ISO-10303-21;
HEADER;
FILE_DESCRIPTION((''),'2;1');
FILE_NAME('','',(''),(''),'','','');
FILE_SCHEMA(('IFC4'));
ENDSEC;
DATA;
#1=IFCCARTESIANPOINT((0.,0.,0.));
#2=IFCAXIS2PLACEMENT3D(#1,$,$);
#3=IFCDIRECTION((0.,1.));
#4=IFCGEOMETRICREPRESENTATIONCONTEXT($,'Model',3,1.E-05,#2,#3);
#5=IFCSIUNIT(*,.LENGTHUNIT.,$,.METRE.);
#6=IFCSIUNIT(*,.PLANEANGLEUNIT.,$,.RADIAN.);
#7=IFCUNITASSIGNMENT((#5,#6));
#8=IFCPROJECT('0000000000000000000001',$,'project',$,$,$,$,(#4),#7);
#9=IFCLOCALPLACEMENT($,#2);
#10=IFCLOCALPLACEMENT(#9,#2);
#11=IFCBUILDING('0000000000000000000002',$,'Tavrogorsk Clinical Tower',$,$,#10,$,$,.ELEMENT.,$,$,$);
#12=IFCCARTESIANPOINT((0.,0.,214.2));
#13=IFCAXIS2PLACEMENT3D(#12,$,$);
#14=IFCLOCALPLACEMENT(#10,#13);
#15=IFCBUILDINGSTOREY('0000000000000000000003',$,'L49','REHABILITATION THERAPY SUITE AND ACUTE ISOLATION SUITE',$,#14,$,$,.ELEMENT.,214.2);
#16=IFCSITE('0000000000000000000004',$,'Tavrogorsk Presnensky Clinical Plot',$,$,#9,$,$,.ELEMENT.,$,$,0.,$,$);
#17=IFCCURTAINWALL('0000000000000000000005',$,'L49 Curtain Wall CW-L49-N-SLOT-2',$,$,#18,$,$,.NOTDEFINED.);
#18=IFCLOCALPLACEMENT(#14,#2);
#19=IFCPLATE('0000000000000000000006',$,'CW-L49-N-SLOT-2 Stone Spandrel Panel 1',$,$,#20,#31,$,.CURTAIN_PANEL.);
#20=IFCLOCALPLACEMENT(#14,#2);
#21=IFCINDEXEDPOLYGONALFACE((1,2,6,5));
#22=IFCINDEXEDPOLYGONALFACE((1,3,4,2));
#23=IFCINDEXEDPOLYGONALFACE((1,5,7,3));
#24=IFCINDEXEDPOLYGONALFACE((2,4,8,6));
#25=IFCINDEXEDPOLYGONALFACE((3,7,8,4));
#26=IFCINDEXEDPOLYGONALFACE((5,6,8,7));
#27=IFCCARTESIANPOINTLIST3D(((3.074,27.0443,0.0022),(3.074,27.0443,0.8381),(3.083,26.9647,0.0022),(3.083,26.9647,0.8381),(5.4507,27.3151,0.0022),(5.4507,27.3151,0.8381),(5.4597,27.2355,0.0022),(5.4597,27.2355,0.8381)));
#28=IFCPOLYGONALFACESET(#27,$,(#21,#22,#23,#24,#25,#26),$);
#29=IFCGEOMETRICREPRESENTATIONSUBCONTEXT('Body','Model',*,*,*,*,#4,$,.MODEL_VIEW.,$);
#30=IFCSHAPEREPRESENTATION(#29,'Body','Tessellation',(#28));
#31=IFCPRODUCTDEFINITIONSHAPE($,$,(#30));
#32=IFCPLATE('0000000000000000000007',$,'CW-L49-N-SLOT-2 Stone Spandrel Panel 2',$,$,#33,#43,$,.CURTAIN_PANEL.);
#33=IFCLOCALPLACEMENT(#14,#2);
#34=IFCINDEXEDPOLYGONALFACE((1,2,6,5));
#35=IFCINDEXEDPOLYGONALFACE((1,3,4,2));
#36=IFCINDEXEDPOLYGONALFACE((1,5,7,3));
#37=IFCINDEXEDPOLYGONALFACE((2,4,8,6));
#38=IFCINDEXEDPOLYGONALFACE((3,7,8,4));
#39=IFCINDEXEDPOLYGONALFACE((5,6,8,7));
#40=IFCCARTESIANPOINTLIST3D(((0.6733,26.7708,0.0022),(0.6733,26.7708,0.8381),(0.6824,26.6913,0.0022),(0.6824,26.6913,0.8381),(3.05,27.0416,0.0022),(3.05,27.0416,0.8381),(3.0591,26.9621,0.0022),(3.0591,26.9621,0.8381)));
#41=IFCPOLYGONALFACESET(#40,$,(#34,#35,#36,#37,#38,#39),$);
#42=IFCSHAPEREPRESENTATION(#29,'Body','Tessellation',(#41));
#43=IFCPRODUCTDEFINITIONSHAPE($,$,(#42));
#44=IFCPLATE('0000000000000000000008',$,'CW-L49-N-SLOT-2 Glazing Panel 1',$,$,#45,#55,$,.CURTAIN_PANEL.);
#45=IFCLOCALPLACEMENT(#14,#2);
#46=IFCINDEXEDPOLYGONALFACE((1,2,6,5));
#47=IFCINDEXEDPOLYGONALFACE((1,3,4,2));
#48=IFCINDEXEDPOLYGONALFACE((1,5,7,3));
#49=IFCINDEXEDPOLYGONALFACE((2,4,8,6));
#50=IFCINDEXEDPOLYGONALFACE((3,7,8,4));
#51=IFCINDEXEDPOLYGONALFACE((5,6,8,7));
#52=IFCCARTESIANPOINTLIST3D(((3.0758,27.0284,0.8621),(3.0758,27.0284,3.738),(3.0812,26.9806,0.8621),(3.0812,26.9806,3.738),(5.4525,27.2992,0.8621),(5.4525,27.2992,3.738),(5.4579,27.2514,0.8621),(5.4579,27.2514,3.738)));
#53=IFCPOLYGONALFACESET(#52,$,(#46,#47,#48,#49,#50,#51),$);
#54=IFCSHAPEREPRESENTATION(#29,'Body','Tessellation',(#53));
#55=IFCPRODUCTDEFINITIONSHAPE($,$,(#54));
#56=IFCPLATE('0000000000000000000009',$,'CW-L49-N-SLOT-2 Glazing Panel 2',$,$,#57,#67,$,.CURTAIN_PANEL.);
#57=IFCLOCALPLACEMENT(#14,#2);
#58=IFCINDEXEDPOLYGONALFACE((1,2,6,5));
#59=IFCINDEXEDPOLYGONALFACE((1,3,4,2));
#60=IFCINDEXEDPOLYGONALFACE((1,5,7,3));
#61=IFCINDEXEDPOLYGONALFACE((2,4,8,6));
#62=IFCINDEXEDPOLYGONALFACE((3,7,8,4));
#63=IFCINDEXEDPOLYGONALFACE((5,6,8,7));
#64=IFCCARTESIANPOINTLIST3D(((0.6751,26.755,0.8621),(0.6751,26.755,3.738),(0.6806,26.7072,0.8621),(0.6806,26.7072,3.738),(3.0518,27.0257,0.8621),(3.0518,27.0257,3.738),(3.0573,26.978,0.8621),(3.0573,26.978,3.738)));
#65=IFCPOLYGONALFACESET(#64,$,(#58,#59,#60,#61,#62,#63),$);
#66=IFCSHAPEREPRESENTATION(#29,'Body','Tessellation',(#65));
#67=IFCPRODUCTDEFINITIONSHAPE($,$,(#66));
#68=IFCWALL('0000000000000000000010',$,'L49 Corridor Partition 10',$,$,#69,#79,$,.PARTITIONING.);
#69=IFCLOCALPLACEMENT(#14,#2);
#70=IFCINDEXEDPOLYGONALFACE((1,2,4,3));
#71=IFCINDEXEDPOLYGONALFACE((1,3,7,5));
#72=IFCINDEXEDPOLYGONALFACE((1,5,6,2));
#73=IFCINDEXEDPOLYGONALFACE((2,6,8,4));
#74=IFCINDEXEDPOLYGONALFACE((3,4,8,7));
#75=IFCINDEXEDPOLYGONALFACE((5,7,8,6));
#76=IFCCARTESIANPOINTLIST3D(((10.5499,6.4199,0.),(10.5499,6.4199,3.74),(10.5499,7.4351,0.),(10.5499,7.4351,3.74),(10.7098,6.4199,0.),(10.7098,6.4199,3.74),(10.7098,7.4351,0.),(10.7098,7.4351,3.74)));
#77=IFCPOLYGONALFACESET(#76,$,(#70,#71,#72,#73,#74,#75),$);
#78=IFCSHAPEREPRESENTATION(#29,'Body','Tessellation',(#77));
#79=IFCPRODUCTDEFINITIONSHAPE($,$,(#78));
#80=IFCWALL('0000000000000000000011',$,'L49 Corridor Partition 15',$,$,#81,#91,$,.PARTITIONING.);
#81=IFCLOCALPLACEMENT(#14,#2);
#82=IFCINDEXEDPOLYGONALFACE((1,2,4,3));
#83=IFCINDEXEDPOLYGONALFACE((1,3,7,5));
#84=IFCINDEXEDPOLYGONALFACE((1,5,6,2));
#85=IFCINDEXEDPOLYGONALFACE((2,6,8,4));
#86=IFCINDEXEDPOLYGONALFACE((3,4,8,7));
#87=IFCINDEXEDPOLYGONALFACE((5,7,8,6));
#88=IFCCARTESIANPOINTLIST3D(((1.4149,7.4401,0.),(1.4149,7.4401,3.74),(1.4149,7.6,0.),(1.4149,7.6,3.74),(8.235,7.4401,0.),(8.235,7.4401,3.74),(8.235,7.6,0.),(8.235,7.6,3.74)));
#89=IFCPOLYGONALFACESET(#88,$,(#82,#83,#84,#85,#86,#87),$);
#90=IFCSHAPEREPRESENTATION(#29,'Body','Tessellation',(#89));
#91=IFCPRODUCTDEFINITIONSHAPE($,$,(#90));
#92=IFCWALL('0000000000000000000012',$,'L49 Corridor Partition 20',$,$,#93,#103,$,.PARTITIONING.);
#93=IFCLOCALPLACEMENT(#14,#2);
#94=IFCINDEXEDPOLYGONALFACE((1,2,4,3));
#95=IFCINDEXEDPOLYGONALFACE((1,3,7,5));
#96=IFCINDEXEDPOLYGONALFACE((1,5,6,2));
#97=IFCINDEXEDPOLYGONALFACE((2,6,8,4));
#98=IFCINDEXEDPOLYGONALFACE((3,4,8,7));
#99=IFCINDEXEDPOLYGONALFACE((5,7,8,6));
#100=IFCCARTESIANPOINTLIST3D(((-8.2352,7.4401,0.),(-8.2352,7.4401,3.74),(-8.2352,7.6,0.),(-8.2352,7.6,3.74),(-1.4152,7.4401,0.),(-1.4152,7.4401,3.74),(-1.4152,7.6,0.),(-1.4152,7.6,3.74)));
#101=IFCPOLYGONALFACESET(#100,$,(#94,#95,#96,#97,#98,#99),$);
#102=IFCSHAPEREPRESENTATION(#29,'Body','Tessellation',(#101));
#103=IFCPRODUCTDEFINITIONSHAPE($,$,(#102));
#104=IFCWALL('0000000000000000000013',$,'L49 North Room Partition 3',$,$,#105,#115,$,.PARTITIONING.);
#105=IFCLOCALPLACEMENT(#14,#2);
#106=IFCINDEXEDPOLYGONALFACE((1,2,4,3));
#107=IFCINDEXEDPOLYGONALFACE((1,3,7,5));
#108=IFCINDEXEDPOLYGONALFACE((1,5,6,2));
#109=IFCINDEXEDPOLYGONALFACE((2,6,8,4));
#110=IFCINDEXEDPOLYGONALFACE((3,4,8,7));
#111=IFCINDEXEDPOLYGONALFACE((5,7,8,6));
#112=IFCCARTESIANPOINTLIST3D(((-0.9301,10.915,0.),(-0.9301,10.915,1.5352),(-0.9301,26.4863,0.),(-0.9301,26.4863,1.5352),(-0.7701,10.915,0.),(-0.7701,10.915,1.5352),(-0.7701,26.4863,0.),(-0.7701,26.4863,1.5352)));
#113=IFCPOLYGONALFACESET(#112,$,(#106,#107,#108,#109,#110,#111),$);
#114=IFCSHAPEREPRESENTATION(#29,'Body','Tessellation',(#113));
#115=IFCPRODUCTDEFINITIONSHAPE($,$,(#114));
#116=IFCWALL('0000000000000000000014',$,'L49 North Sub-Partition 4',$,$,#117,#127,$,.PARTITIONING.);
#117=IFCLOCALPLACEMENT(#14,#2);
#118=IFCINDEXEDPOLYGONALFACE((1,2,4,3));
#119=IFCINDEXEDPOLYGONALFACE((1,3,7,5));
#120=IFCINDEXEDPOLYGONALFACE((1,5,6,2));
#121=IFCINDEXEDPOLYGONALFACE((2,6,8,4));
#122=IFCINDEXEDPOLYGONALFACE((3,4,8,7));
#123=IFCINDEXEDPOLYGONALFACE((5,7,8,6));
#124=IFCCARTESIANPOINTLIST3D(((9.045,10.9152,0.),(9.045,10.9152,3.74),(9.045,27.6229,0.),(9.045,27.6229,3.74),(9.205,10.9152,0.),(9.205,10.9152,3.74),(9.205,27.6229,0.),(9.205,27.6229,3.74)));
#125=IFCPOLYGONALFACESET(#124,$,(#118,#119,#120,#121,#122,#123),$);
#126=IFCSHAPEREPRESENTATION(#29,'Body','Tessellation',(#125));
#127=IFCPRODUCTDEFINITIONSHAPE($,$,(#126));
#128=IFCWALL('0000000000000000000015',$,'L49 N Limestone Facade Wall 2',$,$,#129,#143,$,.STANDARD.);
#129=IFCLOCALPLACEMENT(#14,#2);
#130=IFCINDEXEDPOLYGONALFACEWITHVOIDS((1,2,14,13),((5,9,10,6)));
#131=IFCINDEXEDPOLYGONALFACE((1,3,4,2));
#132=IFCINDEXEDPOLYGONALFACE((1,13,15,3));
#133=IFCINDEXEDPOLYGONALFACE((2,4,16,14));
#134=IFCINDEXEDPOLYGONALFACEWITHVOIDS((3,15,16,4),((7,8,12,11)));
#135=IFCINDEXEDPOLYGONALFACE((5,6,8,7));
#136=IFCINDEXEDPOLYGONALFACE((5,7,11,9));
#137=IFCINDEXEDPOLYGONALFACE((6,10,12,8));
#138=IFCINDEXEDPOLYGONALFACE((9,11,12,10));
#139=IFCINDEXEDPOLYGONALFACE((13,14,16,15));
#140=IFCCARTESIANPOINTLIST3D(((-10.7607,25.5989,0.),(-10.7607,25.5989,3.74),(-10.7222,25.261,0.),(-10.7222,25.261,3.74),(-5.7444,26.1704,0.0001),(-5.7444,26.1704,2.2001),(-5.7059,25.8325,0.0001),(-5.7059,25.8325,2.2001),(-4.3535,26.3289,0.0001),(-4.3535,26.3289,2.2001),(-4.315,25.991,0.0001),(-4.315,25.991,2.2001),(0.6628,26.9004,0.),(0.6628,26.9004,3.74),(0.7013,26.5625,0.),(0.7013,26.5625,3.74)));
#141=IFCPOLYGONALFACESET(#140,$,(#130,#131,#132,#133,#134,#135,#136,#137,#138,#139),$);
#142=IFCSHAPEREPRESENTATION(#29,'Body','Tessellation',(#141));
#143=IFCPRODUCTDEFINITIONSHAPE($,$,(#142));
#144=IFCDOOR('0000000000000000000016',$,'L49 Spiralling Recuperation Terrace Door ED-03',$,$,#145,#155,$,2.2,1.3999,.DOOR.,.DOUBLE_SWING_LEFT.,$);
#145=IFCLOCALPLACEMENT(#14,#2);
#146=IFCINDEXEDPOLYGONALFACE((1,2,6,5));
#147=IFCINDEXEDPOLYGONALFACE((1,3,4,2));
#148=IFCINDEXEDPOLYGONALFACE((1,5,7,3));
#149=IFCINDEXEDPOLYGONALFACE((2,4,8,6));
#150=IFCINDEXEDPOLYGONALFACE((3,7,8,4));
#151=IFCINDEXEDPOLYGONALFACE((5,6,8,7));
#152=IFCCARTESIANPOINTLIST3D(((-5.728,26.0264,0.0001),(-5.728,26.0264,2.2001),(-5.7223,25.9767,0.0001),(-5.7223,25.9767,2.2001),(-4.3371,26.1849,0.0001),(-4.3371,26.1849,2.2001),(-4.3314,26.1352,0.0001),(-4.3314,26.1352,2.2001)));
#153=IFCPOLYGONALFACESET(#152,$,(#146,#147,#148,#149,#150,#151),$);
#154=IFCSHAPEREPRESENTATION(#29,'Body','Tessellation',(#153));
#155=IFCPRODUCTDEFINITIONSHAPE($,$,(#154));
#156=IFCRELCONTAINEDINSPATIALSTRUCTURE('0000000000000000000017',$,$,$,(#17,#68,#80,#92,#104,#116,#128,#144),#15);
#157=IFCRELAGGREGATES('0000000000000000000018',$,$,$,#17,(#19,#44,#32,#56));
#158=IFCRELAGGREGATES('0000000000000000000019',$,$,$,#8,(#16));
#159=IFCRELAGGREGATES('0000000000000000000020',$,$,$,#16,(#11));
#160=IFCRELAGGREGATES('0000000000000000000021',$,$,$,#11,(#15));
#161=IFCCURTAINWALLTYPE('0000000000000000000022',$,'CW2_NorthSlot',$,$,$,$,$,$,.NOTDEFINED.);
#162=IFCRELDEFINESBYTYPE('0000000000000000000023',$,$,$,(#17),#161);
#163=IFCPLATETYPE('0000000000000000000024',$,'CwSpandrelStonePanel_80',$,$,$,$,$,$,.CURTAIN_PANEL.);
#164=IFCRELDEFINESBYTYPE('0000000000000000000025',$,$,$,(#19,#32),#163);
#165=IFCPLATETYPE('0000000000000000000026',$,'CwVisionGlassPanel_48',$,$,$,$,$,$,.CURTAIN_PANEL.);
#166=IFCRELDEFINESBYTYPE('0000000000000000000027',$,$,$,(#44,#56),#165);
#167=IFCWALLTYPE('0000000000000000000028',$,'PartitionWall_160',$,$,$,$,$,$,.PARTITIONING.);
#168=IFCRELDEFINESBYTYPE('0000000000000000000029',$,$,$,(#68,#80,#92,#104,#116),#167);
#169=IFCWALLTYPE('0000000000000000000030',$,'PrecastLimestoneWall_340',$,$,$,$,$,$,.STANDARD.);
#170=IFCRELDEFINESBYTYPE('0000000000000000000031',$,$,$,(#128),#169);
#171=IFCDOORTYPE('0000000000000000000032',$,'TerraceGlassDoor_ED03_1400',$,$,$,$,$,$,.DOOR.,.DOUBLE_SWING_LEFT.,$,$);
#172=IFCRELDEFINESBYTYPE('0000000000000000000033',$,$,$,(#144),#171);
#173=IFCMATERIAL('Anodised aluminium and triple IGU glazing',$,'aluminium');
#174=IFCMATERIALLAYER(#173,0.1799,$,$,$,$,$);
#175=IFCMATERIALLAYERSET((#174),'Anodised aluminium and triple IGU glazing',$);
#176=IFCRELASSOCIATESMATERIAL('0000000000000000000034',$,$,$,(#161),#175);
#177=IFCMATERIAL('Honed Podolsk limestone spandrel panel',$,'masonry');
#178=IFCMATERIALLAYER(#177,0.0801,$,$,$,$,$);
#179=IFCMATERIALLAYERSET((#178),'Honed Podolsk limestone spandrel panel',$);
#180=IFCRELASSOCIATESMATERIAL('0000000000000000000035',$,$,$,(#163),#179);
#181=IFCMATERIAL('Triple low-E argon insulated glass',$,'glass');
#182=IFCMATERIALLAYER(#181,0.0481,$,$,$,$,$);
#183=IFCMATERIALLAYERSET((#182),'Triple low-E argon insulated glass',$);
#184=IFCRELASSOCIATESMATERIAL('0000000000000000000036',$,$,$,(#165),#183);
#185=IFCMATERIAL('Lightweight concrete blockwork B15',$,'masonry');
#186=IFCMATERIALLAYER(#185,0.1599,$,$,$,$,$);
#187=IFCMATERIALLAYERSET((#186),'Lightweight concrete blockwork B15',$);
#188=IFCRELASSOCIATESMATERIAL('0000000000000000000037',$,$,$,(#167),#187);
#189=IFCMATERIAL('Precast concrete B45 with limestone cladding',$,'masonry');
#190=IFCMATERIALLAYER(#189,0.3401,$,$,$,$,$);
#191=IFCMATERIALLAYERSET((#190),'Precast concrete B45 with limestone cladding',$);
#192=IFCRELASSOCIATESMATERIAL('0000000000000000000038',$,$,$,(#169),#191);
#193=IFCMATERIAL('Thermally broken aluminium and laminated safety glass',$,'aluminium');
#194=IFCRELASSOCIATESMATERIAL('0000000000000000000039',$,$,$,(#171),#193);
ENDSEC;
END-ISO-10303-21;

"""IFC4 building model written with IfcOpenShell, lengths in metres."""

from ifc_helpers import new_model, si_unit, direction, frame, frame_2d, origin, origin_2d, place, context, subcontext, project, spatial, rectangle, extrude, material, layer, layer_set, type_object, element, fill, aggregate, save


model = new_model("IFC4")

# Units and contexts
model_context = context("Model", 3, precision=1e-05, world=origin(), true_north=direction((0.0, 1.0)))
body_context = subcontext(model_context, "Body", "Model", "MODEL_VIEW")
ifc_project = project(units=[si_unit("LENGTHUNIT", "METRE"), si_unit("PLANEANGLEUNIT", "RADIAN")], contexts=[model_context])

# Site, building, storey
site_placement = place(None, origin())
site = spatial("IfcSite", under=ifc_project, at=site_placement, Name="Tavrogorsk Presnensky Clinical Plot", CompositionType="ELEMENT", RefElevation=0.0)
building_placement = place(site_placement, origin())
building = spatial("IfcBuilding", under=site, at=building_placement, Name="Tavrogorsk Clinical Tower", CompositionType="ELEMENT")
storey_placement = place(building_placement, frame((0.0, 0.0, 214.2)))
storey = spatial("IfcBuildingStorey", under=building, at=storey_placement, Name="L49", Description="REHABILITATION THERAPY SUITE AND ACUTE ISOLATION SUITE", CompositionType="ELEMENT", Elevation=214.2)

# Curtain wall
ifc_material_1 = material(Name="Anodised aluminium and triple IGU glazing", Category="aluminium")
ifc_layer_1 = layer(ifc_material_1, 0.1799)
ifc_layer_set_1 = layer_set([ifc_layer_1], Name="Anodised aluminium and triple IGU glazing")
curtain_wall_type = type_object("IfcCurtainWallType", Name="CW2_NorthSlot", PredefinedType="NOTDEFINED", material=ifc_layer_set_1)
curtain_wall_placement = place(storey_placement, origin())
curtain_wall = element("IfcCurtainWall", 1, at=curtain_wall_placement, inside=storey, type_object=curtain_wall_type, Name="L49 Curtain Wall CW-L49-N-SLOT-2", PredefinedType="NOTDEFINED")

# Plates
ifc_material_2 = material(Name="Honed Podolsk limestone spandrel panel", Category="masonry")
ifc_layer_2 = layer(ifc_material_2, 0.0801)
ifc_layer_set_2 = layer_set([ifc_layer_2], Name="Honed Podolsk limestone spandrel panel")
plate_type_1 = type_object("IfcPlateType", Name="CwSpandrelStonePanel_80", PredefinedType="CURTAIN_PANEL", material=ifc_layer_set_2)
plate_1_placement = place(storey_placement, frame((4.2668, 27.1399, 0.0022), z_axis=(0.0, 0.0, 1.0), x_axis=(-0.993572, -0.113203, 0.0)))
plate_1 = element("IfcPlate", 2, at=plate_1_placement, type_object=plate_type_1, Name="CW-L49-N-SLOT-2 Stone Spandrel Panel 1", PredefinedType="CURTAIN_PANEL", context=body_context, shape_type="SweptSolid", body=[
    extrude(rectangle(XDim=2.3921, YDim=0.0801, at=origin_2d()), origin(), (0.0, 0.0, 1.0), 0.8359),
])
plate_2_placement = place(storey_placement, frame((1.8662, 26.8665, 0.0022), z_axis=(0.0, 0.0, 1.0), x_axis=(-0.993572, -0.113203, 0.0)))
plate_2 = element("IfcPlate", 3, at=plate_2_placement, type_object=plate_type_1, Name="CW-L49-N-SLOT-2 Stone Spandrel Panel 2", PredefinedType="CURTAIN_PANEL", context=body_context, shape_type="SweptSolid", body=[
    extrude(rectangle(XDim=2.3921, YDim=0.0801, at=origin_2d()), origin(), (0.0, 0.0, 1.0), 0.8359),
])
ifc_material_3 = material(Name="Triple low-E argon insulated glass", Category="glass")
ifc_layer_3 = layer(ifc_material_3, 0.0481)
ifc_layer_set_3 = layer_set([ifc_layer_3], Name="Triple low-E argon insulated glass")
plate_type_2 = type_object("IfcPlateType", Name="CwVisionGlassPanel_48", PredefinedType="CURTAIN_PANEL", material=ifc_layer_set_3)
plate_3_placement = place(storey_placement, frame((4.2668, 27.1399, 0.8621), z_axis=(0.0, 0.0, 1.0), x_axis=(-0.993572, -0.113203, 0.0)))
plate_3 = element("IfcPlate", 4, at=plate_3_placement, type_object=plate_type_2, Name="CW-L49-N-SLOT-2 Glazing Panel 1", PredefinedType="CURTAIN_PANEL", context=body_context, shape_type="SweptSolid", body=[
    extrude(rectangle(XDim=2.3921, YDim=0.0481, at=origin_2d()), origin(), (0.0, 0.0, 1.0), 2.876),
])
plate_4_placement = place(storey_placement, frame((1.8662, 26.8665, 0.8621), z_axis=(0.0, 0.0, 1.0), x_axis=(-0.993572, -0.113203, 0.0)))
plate_4 = element("IfcPlate", 5, at=plate_4_placement, type_object=plate_type_2, Name="CW-L49-N-SLOT-2 Glazing Panel 2", PredefinedType="CURTAIN_PANEL", context=body_context, shape_type="SweptSolid", body=[
    extrude(rectangle(XDim=2.3921, YDim=0.0481, at=origin_2d()), origin(), (0.0, 0.0, 1.0), 2.876),
])
aggregate(curtain_wall, [plate_1, plate_3, plate_2, plate_4])

# Walls
ifc_material_4 = material(Name="Lightweight concrete blockwork B15", Category="masonry")
ifc_layer_4 = layer(ifc_material_4, 0.1599)
ifc_layer_set_4 = layer_set([ifc_layer_4], Name="Lightweight concrete blockwork B15")
wall_type_1 = type_object("IfcWallType", Name="PartitionWall_160", PredefinedType="PARTITIONING", material=ifc_layer_set_4)
wall_1_placement = place(storey_placement, frame((10.6299, 7.4351, 0.0), z_axis=(0.0, 0.0, 1.0), x_axis=(0.0, -1.0, 0.0)))
element("IfcWall", 6, at=wall_1_placement, inside=storey, type_object=wall_type_1, Name="L49 Corridor Partition 10", PredefinedType="PARTITIONING", context=body_context, shape_type="SweptSolid", body=[
    extrude(rectangle(XDim=1.0151, YDim=0.1599, at=frame_2d((0.5076, 0.0))), origin(), (0.0, 0.0, 1.0), 3.74),
])
for number, where, z_axis, x_axis, name in (
    (7, (8.2351, 7.52, 0.0), (0.0, 0.0, 1.0), (-1.0, 0.0, 0.0), "L49 Corridor Partition 15"),
    (8, (-1.415, 7.52, 0.0), (0.0, 0.0, 1.0), (-1.0, 0.0, 0.0), "L49 Corridor Partition 20"),
):
    element("IfcWall", number, at=place(storey_placement, frame(where, z_axis=z_axis, x_axis=x_axis)), inside=storey, type_object=wall_type_1, Name=name, PredefinedType="PARTITIONING", context=body_context, shape_type="SweptSolid", body=[
        extrude(rectangle(XDim=6.8201, YDim=0.1599, at=frame_2d((3.4102, 0.0))), origin(), (0.0, 0.0, 1.0), 3.74),
    ])
wall_2_placement = place(storey_placement, frame((-0.8501, 10.915, 0.0), z_axis=(0.0, 0.0, 1.0), x_axis=(0.0, 1.0, 0.0)))
element("IfcWall", 9, at=wall_2_placement, inside=storey, type_object=wall_type_1, Name="L49 North Room Partition 3", PredefinedType="PARTITIONING", context=body_context, shape_type="SweptSolid", body=[
    extrude(rectangle(XDim=15.5713, YDim=0.1599, at=frame_2d((7.7856, 0.0))), origin(), (0.0, 0.0, 1.0), 1.5352),
])
wall_3_placement = place(storey_placement, frame((9.125, 10.915, 0.0), z_axis=(0.0, 0.0, 1.0), x_axis=(0.0, 1.0, 0.0)))
element("IfcWall", 10, at=wall_3_placement, inside=storey, type_object=wall_type_1, Name="L49 North Sub-Partition 4", PredefinedType="PARTITIONING", context=body_context, shape_type="SweptSolid", body=[
    extrude(rectangle(XDim=16.7078, YDim=0.1599, at=frame_2d((8.354, 0.0))), origin(), (0.0, 0.0, 1.0), 3.74),
])

# Wall, opening, door
ifc_material_5 = material(Name="Precast concrete B45 with limestone cladding", Category="masonry")
ifc_layer_5 = layer(ifc_material_5, 0.3401)
ifc_layer_set_5 = layer_set([ifc_layer_5], Name="Precast concrete B45 with limestone cladding")
wall_type_2 = type_object("IfcWallType", Name="PrecastLimestoneWall_340", PredefinedType="STANDARD", material=ifc_layer_set_5)
wall_4_placement = place(storey_placement, frame((0.6819, 26.7314, 0.0), z_axis=(0.0, 0.0, 1.0), x_axis=(-0.993572, -0.113202, 0.0)))
wall_4 = element("IfcWall", 11, at=wall_4_placement, inside=storey, type_object=wall_type_2, Name="L49 N Limestone Facade Wall 2", PredefinedType="STANDARD", context=body_context, shape_type="SweptSolid", body=[
    extrude(rectangle(XDim=11.4973, YDim=0.3401, at=frame_2d((5.7485, 0.0))), origin(), (0.0, 0.0, 1.0), 3.74),
])
opening_placement = place(wall_4_placement, frame((5.0486, 0.0, 0.0)))
opening = element("IfcOpeningElement", 12, at=opening_placement, cuts=wall_4, PredefinedType="OPENING", context=body_context, shape_type="SweptSolid", body=[
    extrude(rectangle(XDim=1.3999, YDim=2.2, at=frame_2d((0.7, 1.1001))), frame((0.0, 0.1799, 0.0), z_axis=(0.0, -1.0, 0.0), x_axis=(1.0, 0.0, 0.0)), (0.0, 0.0, 1.0), 0.3601),
])
ifc_material_6 = material(Name="Thermally broken aluminium and laminated safety glass", Category="aluminium")
door_type = type_object("IfcDoorType", Name="TerraceGlassDoor_ED03_1400", OperationType="DOUBLE_SWING_LEFT", PredefinedType="DOOR", material=ifc_material_6)
door_placement = place(opening_placement, origin())
door = element("IfcDoor", 13, at=door_placement, inside=storey, type_object=door_type, Name="L49 Spiralling Recuperation Terrace Door ED-03", OperationType="DOUBLE_SWING_LEFT", OverallHeight=2.2, OverallWidth=1.3999, PredefinedType="DOOR", context=body_context, shape_type="SweptSolid", body=[
    extrude(rectangle(XDim=1.3999, YDim=2.2, at=frame_2d((0.7, 1.1001))), frame((0.0, 0.0249, 0.0), z_axis=(0.0, -1.0, 0.0), x_axis=(1.0, 0.0, 0.0)), (0.0, 0.0, 1.0), 0.05),
])
fill(opening, door)

save(model, "model.ifc")
